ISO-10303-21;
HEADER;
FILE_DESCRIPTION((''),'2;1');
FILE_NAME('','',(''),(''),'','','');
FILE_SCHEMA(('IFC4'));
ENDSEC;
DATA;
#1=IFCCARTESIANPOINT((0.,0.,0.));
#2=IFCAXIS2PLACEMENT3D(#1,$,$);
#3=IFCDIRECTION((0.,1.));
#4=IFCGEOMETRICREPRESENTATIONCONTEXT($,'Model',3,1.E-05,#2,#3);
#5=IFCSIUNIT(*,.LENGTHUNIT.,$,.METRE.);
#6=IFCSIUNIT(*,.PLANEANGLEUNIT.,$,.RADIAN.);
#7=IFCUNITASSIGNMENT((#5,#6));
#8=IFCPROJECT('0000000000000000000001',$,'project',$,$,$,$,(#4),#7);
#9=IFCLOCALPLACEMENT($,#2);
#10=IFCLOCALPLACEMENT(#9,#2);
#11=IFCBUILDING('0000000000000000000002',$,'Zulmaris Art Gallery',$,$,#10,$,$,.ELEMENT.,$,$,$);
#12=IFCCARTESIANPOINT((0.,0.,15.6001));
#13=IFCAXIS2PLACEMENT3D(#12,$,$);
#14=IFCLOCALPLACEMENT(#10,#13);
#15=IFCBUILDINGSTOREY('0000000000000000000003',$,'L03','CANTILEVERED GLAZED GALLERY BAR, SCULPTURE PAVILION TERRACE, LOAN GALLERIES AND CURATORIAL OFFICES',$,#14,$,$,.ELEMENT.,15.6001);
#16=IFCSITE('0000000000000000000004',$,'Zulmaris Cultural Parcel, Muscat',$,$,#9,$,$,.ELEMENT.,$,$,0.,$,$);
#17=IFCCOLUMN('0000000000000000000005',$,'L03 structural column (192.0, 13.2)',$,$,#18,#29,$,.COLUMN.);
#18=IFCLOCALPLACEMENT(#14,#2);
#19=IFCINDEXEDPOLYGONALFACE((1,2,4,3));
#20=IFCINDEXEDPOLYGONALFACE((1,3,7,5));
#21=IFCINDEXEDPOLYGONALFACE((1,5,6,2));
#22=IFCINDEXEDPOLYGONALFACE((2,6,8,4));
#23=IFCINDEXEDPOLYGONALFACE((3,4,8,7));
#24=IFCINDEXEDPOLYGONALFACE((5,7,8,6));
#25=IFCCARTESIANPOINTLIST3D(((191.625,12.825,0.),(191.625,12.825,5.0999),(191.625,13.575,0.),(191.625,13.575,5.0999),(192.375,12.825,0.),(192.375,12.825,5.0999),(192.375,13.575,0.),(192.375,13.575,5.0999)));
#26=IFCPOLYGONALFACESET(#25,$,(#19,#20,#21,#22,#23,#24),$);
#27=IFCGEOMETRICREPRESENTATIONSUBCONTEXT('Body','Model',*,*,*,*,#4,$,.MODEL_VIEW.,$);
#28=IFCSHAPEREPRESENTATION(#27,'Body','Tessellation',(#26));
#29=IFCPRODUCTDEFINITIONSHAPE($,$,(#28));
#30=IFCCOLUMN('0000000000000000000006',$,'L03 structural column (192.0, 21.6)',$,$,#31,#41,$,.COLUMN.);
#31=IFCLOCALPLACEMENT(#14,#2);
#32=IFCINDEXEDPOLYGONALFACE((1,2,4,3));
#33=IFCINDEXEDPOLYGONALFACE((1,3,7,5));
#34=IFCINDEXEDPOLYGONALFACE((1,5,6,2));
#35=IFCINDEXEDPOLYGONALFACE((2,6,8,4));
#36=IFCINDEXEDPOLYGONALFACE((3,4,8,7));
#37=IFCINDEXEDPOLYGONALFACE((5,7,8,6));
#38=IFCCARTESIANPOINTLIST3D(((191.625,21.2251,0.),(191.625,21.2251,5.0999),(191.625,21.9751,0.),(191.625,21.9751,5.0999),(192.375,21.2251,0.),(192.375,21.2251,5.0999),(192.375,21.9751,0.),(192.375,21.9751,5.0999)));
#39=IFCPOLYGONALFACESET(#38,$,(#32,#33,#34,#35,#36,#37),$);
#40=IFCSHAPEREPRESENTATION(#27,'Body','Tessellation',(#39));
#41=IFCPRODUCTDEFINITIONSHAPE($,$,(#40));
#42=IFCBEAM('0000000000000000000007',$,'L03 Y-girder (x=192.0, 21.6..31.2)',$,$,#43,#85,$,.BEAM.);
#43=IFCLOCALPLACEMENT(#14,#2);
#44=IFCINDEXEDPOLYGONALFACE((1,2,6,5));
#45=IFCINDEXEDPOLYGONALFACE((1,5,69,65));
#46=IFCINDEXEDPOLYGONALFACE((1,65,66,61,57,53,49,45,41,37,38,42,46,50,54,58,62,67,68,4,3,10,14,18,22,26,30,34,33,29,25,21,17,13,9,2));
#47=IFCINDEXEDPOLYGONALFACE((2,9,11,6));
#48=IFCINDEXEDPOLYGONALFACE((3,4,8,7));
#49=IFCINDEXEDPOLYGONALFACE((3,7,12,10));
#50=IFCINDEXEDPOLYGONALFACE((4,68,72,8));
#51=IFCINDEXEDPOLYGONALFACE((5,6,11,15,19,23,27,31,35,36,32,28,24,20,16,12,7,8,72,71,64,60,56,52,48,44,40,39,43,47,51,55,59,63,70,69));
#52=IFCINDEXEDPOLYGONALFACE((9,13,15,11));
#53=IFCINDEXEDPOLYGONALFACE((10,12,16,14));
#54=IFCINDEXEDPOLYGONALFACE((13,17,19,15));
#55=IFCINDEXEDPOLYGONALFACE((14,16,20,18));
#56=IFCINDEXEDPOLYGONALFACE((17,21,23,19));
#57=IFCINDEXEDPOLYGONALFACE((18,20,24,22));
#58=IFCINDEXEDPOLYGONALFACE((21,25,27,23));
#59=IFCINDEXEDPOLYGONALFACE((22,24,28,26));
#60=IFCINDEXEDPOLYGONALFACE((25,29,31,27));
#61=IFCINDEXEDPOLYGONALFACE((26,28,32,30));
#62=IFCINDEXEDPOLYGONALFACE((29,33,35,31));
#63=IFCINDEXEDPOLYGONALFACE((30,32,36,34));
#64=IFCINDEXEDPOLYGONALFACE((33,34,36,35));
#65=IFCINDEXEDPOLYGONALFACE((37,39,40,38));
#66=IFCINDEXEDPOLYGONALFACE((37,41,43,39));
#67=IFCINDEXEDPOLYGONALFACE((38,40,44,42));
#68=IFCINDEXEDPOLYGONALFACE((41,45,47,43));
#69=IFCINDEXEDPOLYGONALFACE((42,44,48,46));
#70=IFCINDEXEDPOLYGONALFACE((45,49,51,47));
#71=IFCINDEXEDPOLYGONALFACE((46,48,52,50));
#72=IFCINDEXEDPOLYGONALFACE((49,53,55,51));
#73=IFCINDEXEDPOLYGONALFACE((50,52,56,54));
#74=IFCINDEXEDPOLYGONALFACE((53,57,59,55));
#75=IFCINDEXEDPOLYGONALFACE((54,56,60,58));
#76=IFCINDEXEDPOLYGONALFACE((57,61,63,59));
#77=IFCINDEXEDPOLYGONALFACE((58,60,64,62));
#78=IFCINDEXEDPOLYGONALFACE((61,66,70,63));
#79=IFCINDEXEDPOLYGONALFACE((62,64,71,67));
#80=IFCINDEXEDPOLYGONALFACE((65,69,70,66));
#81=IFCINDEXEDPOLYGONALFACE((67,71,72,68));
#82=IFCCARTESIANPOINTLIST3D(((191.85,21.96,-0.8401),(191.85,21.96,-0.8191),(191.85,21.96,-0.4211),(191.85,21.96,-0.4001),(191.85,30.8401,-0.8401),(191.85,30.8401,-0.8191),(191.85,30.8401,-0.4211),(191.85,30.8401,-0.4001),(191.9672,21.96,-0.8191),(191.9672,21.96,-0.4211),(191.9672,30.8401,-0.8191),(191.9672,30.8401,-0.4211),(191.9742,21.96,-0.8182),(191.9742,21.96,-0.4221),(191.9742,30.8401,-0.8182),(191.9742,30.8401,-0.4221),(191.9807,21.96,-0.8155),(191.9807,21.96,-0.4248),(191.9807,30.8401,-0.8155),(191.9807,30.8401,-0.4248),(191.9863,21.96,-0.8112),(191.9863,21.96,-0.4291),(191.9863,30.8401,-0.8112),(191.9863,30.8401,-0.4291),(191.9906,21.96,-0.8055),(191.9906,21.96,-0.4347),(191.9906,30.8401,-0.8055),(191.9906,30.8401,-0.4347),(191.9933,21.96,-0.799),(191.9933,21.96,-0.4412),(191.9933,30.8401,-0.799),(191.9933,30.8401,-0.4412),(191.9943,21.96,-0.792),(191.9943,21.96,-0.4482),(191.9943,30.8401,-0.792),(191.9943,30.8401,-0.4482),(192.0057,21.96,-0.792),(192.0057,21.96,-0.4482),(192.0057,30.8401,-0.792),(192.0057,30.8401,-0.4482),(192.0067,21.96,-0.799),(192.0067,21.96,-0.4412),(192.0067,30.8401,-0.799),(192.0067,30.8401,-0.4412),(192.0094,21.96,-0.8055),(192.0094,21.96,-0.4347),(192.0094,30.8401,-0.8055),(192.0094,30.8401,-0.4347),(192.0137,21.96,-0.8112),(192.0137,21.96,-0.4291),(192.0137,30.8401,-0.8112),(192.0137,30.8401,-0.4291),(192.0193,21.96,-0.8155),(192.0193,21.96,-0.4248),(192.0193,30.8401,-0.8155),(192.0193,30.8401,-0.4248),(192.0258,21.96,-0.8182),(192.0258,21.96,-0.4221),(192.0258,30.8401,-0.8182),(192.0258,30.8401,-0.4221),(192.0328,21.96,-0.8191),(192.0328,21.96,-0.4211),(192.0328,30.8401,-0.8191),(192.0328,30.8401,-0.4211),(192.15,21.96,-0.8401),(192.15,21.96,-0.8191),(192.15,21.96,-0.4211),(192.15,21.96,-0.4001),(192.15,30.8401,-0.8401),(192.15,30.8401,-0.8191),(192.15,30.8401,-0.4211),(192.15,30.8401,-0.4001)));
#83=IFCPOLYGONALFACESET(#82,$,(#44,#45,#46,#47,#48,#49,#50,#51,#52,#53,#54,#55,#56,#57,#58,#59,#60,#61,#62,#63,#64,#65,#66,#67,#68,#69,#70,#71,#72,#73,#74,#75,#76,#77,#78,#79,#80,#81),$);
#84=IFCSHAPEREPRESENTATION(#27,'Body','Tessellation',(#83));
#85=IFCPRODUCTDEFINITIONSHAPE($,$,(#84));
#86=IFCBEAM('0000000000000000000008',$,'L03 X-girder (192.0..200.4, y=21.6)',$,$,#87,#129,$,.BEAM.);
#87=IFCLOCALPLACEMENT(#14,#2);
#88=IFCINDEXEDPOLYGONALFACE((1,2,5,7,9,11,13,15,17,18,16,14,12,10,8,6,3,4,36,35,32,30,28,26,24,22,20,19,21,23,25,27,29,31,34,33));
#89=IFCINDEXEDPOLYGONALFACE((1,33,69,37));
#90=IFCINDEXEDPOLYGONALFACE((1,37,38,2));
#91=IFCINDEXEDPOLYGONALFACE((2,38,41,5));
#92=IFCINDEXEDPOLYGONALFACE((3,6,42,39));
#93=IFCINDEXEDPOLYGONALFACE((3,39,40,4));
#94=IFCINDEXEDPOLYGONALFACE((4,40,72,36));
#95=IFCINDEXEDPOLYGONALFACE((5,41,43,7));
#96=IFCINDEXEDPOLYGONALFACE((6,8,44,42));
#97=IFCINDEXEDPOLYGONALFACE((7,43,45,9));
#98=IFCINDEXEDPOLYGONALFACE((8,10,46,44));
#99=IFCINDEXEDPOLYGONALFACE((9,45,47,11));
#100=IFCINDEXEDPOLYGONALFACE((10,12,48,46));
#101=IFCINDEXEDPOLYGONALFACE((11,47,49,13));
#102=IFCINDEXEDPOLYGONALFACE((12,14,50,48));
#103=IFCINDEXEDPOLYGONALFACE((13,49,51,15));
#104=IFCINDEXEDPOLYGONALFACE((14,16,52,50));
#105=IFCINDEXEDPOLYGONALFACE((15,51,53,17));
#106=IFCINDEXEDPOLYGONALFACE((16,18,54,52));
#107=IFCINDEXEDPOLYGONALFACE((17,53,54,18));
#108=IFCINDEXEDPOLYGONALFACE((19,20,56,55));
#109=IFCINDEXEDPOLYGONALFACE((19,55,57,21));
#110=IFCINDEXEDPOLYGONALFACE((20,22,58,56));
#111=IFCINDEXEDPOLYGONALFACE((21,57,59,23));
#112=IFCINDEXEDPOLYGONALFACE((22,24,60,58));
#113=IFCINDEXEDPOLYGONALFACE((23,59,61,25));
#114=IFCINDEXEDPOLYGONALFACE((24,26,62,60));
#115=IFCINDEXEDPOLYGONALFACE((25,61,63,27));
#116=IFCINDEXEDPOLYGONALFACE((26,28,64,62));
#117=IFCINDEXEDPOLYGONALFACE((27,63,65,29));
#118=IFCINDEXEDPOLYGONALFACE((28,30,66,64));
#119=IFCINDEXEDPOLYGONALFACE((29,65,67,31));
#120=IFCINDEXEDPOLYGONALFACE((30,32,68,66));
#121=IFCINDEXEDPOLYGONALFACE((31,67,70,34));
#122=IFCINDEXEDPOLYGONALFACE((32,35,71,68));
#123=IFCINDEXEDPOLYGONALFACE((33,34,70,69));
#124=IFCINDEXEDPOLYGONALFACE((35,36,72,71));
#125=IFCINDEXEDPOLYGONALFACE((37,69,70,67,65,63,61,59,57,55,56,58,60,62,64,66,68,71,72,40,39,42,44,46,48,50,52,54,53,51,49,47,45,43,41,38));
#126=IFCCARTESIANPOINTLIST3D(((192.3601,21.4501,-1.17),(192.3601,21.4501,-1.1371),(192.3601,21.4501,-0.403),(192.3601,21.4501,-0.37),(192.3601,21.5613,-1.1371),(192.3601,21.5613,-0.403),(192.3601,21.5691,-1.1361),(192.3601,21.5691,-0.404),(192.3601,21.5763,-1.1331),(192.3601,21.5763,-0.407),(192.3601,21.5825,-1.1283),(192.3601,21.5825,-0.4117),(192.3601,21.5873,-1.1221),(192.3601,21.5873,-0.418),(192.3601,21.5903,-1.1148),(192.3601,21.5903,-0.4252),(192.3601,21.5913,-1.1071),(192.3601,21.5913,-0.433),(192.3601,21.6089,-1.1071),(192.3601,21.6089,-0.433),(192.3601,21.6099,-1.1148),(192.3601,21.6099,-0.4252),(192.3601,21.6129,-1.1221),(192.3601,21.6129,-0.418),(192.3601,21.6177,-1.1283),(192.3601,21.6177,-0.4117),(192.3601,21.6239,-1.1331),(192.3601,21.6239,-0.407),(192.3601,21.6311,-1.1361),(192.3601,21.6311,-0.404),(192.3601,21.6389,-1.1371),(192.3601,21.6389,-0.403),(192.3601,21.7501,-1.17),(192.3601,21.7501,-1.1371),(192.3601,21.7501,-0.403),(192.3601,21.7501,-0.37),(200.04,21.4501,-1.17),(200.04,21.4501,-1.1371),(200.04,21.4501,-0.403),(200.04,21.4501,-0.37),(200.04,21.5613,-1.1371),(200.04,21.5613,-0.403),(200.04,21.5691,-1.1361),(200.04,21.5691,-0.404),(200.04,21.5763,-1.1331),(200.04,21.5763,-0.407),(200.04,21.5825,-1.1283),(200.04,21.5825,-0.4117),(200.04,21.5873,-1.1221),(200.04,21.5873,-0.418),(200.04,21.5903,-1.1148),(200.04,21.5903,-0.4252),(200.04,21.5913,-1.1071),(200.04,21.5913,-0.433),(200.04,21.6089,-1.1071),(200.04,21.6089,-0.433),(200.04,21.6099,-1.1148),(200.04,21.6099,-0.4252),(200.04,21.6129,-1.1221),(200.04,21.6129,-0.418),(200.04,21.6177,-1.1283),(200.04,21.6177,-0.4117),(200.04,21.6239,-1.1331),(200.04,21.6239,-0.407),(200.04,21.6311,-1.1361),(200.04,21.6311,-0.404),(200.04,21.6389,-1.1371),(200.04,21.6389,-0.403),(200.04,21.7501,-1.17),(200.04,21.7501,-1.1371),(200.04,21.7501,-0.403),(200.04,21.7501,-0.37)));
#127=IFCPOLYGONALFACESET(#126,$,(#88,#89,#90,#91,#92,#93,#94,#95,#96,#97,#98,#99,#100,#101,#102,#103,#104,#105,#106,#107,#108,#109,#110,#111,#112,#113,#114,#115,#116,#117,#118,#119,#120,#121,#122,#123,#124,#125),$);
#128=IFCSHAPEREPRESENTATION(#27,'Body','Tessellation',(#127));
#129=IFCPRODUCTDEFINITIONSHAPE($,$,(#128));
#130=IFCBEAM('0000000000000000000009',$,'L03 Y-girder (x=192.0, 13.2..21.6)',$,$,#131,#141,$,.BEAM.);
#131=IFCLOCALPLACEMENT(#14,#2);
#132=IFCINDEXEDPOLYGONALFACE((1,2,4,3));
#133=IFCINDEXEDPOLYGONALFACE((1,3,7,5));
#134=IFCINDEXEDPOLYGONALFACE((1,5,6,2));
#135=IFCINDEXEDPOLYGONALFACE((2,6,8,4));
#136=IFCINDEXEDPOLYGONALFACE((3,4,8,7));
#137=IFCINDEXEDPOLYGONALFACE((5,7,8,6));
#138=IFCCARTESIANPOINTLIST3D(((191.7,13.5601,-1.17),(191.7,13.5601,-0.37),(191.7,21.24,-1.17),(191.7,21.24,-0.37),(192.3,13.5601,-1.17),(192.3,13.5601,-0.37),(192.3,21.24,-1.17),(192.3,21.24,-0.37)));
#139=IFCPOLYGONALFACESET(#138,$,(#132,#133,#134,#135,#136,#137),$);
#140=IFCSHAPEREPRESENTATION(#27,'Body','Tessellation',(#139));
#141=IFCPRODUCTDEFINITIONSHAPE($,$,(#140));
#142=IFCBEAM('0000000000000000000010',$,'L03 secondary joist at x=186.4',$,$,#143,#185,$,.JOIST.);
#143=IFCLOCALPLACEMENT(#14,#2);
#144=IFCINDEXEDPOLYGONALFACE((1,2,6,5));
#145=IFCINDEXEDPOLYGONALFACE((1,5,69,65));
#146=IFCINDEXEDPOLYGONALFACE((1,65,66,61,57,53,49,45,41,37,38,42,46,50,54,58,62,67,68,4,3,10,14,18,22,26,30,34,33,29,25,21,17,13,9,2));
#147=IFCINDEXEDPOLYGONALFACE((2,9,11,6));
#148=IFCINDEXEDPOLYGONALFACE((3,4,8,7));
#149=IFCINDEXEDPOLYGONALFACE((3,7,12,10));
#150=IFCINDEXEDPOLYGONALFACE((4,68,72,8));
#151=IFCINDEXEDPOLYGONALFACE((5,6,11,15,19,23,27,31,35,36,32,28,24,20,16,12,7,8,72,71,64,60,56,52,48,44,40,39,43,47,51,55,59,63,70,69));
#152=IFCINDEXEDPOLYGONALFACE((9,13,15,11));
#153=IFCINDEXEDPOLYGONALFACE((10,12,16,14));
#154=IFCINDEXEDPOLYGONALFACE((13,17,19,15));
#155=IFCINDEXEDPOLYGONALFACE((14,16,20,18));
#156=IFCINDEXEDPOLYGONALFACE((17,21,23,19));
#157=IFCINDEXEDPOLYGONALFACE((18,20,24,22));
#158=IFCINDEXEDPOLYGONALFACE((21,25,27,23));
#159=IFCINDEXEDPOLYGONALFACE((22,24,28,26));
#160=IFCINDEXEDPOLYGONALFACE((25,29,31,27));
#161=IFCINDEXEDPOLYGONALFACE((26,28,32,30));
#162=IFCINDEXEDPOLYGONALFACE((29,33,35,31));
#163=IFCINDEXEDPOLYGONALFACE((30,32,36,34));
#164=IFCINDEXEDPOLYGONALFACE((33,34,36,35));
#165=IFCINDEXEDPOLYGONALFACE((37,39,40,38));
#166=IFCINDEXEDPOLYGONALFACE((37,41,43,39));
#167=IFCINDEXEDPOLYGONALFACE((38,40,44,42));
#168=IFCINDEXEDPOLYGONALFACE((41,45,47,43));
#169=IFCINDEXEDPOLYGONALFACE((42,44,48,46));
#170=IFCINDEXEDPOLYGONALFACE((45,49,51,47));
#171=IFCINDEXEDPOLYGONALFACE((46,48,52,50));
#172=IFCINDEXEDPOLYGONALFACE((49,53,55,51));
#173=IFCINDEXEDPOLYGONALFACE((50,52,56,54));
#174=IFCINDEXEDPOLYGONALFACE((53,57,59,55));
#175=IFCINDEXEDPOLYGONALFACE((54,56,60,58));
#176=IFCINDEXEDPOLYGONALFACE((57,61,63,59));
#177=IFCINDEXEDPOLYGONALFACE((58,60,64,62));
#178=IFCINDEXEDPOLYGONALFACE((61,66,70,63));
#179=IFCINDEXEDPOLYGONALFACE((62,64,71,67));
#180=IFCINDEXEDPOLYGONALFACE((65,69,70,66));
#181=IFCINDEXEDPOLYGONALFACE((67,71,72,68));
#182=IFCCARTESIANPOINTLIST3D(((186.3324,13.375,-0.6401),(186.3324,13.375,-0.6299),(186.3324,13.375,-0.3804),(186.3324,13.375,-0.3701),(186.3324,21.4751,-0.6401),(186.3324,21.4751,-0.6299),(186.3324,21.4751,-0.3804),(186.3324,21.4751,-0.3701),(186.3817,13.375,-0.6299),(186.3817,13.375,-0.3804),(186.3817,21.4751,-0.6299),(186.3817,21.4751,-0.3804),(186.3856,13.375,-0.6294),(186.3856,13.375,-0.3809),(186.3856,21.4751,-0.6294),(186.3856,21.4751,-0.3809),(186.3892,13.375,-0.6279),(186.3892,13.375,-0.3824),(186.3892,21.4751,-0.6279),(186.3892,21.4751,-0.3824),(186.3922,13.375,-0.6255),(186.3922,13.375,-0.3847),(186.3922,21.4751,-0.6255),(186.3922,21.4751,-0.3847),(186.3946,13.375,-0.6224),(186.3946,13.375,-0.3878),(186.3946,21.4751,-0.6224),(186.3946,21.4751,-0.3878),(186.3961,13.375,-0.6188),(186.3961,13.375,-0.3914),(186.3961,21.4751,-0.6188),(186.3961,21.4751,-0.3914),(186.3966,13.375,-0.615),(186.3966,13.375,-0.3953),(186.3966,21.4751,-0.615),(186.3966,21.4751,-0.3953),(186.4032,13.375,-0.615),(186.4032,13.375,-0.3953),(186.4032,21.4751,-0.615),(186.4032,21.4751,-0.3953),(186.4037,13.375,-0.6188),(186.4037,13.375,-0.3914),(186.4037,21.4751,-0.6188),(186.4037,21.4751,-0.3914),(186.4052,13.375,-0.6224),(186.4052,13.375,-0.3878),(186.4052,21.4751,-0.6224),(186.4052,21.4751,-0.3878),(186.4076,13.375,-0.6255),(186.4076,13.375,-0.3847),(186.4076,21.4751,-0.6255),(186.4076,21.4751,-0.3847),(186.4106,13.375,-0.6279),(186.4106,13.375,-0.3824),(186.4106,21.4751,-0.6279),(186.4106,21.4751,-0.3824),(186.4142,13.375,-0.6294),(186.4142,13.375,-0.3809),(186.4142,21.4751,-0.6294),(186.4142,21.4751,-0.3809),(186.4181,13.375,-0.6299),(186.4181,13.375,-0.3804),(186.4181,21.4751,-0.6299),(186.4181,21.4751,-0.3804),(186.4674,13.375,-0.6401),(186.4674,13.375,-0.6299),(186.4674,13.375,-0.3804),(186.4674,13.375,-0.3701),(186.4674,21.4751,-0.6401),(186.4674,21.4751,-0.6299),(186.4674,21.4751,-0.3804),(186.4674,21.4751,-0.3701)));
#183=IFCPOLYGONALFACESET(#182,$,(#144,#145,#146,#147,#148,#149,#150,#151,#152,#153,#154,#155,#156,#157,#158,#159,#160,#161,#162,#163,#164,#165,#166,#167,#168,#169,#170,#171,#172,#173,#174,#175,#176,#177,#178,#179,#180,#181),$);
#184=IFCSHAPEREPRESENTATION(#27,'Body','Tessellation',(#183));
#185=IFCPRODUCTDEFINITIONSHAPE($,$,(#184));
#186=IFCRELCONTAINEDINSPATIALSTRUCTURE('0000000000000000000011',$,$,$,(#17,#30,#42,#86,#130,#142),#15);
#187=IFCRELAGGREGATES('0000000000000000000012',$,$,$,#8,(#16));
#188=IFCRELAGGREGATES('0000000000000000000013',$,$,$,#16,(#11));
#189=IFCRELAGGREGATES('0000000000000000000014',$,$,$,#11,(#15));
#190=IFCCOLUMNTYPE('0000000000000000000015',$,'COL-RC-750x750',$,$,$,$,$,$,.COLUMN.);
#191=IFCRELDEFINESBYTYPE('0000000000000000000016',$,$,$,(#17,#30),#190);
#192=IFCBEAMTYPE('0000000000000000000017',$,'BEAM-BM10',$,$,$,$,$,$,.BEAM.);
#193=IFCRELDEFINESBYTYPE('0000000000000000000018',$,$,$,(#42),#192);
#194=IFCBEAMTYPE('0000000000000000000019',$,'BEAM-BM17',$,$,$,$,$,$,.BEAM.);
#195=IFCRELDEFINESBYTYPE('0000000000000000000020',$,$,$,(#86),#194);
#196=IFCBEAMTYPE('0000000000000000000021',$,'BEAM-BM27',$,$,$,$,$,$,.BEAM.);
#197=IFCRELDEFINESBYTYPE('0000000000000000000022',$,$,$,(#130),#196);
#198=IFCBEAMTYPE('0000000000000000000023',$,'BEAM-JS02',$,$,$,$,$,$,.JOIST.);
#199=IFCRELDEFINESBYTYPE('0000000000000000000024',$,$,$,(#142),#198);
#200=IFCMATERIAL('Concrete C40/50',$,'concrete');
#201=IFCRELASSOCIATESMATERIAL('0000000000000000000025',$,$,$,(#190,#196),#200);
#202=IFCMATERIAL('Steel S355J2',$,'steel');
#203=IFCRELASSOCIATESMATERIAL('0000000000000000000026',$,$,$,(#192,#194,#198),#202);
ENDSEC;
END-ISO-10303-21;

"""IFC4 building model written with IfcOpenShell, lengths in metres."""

from ifc_helpers import new_model, si_unit, direction, frame, origin, origin_2d, place, context, subcontext, project, spatial, rectangle, i_section, extrude, material, material_profile, profile_set, type_object, element, save


model = new_model("IFC4")

# Units and contexts
model_context = context("Model", 3, precision=1e-05, world=origin(), true_north=direction((0.0, 1.0)))
body_context = subcontext(model_context, "Body", "Model", "MODEL_VIEW")
ifc_project = project(units=[si_unit("LENGTHUNIT", "METRE"), si_unit("PLANEANGLEUNIT", "RADIAN")], contexts=[model_context])

# Site, building, storey
site_placement = place(None, origin())
site = spatial("IfcSite", under=ifc_project, at=site_placement, Name="Zulmaris Cultural Parcel, Muscat", CompositionType="ELEMENT", RefElevation=0.0)
building_placement = place(site_placement, origin())
building = spatial("IfcBuilding", under=site, at=building_placement, Name="Zulmaris Art Gallery", CompositionType="ELEMENT")
storey_placement = place(building_placement, frame((0.0, 0.0, 15.6001)))
storey = spatial("IfcBuildingStorey", under=building, at=storey_placement, Name="L03", Description="CANTILEVERED GLAZED GALLERY BAR, SCULPTURE PAVILION TERRACE, LOAN GALLERIES AND CURATORIAL OFFICES", CompositionType="ELEMENT", Elevation=15.6001)

# Columns
ifc_material_1 = material(Name="Concrete C40/50", Category="concrete")
ifc_material_profile_1 = material_profile(ifc_material_1, rectangle(XDim=0.75, YDim=0.75, at=origin_2d()), Name="RC 750x750")
ifc_profile_set_1 = profile_set([ifc_material_profile_1], Name="Concrete C40/50")
column_type = type_object("IfcColumnType", Name="COL-RC-750x750", PredefinedType="COLUMN", material=ifc_profile_set_1)
for number, where, z_axis, x_axis, name in (
    (1, (192.0, 13.2, 0.0), (0.0, 0.0, 1.0), (1.0, 0.0, 0.0), "L03 structural column (192.0, 13.2)"),
    (2, (192.0, 21.6001, 0.0), (0.0, 0.0, 1.0), (1.0, 0.0, 0.0), "L03 structural column (192.0, 21.6)"),
):
    element("IfcColumn", number, at=place(storey_placement, frame(where, z_axis=z_axis, x_axis=x_axis)), inside=storey, type_object=column_type, Name=name, PredefinedType="COLUMN", context=body_context, shape_type="SweptSolid", body=[
        extrude(rectangle(XDim=0.75, YDim=0.75, at=origin_2d()), origin(), (0.0, 0.0, 1.0), 5.0999),
    ])

# Beams
ifc_material_2 = material(Name="Steel S355J2", Category="steel")
ifc_material_profile_2 = material_profile(ifc_material_2, i_section(OverallWidth=0.3, OverallDepth=0.4399, WebThickness=0.0115, FlangeThickness=0.021, FilletRadius=0.0271, at=origin_2d()), Name="HEA 450")
ifc_profile_set_2 = profile_set([ifc_material_profile_2], Name="Steel S355J2")
beam_type_1 = type_object("IfcBeamType", Name="BEAM-BM10", PredefinedType="BEAM", material=ifc_profile_set_2)
beam_1_placement = place(storey_placement, frame((192.0, 21.96, -0.6201), z_axis=(0.0, 1.0, 0.0), x_axis=(-1.0, 0.0, 0.0)))
element("IfcBeam", 3, at=beam_1_placement, inside=storey, type_object=beam_type_1, Name="L03 Y-girder (x=192.0, 21.6..31.2)", PredefinedType="BEAM", context=body_context, shape_type="SweptSolid", body=[
    extrude(i_section(OverallWidth=0.3, OverallDepth=0.4399, WebThickness=0.0115, FlangeThickness=0.021, FilletRadius=0.0271, at=origin_2d()), origin(), (0.0, 0.0, 1.0), 8.8801),
])
ifc_material_profile_3 = material_profile(ifc_material_2, i_section(OverallWidth=0.3, OverallDepth=0.8, WebThickness=0.0176, FlangeThickness=0.033, FilletRadius=0.03, at=origin_2d()), Name="HEB 800")
ifc_profile_set_3 = profile_set([ifc_material_profile_3], Name="Steel S355J2")
beam_type_2 = type_object("IfcBeamType", Name="BEAM-BM17", PredefinedType="BEAM", material=ifc_profile_set_3)
beam_2_placement = place(storey_placement, frame((192.3601, 21.6001, -0.77), z_axis=(1.0, 0.0, 0.0), x_axis=(0.0, 1.0, 0.0)))
element("IfcBeam", 4, at=beam_2_placement, inside=storey, type_object=beam_type_2, Name="L03 X-girder (192.0..200.4, y=21.6)", PredefinedType="BEAM", context=body_context, shape_type="SweptSolid", body=[
    extrude(i_section(OverallWidth=0.3, OverallDepth=0.8, WebThickness=0.0176, FlangeThickness=0.033, FilletRadius=0.03, at=origin_2d()), origin(), (0.0, 0.0, 1.0), 7.6799),
])
ifc_material_profile_4 = material_profile(ifc_material_1, rectangle(XDim=0.6001, YDim=0.8, at=origin_2d()), Name="RC 600x800")
ifc_profile_set_4 = profile_set([ifc_material_profile_4], Name="Concrete C40/50")
beam_type_3 = type_object("IfcBeamType", Name="BEAM-BM27", PredefinedType="BEAM", material=ifc_profile_set_4)
beam_3_placement = place(storey_placement, frame((192.0, 13.5601, -0.77), z_axis=(0.0, 1.0, 0.0), x_axis=(-1.0, 0.0, 0.0)))
element("IfcBeam", 5, at=beam_3_placement, inside=storey, type_object=beam_type_3, Name="L03 Y-girder (x=192.0, 13.2..21.6)", PredefinedType="BEAM", context=body_context, shape_type="SweptSolid", body=[
    extrude(rectangle(XDim=0.6001, YDim=0.8, at=origin_2d()), origin(), (0.0, 0.0, 1.0), 7.6799),
])
ifc_material_profile_5 = material_profile(ifc_material_2, i_section(OverallWidth=0.135, OverallDepth=0.27, WebThickness=0.0066, FlangeThickness=0.0103, FilletRadius=0.0149, at=origin_2d()), Name="IPE 270")
ifc_profile_set_5 = profile_set([ifc_material_profile_5], Name="Steel S355J2")
beam_type_4 = type_object("IfcBeamType", Name="BEAM-JS02", PredefinedType="JOIST", material=ifc_profile_set_5)
beam_4_placement = place(storey_placement, frame((186.3999, 13.375, -0.5051), z_axis=(0.0, 1.0, 0.0), x_axis=(-1.0, 0.0, 0.0)))
element("IfcBeam", 6, at=beam_4_placement, inside=storey, type_object=beam_type_4, Name="L03 secondary joist at x=186.4", PredefinedType="JOIST", context=body_context, shape_type="SweptSolid", body=[
    extrude(i_section(OverallWidth=0.135, OverallDepth=0.27, WebThickness=0.0066, FlangeThickness=0.0103, FilletRadius=0.0149, at=origin_2d()), origin(), (0.0, 0.0, 1.0), 8.1001),
])

save(model, "model.ifc")
